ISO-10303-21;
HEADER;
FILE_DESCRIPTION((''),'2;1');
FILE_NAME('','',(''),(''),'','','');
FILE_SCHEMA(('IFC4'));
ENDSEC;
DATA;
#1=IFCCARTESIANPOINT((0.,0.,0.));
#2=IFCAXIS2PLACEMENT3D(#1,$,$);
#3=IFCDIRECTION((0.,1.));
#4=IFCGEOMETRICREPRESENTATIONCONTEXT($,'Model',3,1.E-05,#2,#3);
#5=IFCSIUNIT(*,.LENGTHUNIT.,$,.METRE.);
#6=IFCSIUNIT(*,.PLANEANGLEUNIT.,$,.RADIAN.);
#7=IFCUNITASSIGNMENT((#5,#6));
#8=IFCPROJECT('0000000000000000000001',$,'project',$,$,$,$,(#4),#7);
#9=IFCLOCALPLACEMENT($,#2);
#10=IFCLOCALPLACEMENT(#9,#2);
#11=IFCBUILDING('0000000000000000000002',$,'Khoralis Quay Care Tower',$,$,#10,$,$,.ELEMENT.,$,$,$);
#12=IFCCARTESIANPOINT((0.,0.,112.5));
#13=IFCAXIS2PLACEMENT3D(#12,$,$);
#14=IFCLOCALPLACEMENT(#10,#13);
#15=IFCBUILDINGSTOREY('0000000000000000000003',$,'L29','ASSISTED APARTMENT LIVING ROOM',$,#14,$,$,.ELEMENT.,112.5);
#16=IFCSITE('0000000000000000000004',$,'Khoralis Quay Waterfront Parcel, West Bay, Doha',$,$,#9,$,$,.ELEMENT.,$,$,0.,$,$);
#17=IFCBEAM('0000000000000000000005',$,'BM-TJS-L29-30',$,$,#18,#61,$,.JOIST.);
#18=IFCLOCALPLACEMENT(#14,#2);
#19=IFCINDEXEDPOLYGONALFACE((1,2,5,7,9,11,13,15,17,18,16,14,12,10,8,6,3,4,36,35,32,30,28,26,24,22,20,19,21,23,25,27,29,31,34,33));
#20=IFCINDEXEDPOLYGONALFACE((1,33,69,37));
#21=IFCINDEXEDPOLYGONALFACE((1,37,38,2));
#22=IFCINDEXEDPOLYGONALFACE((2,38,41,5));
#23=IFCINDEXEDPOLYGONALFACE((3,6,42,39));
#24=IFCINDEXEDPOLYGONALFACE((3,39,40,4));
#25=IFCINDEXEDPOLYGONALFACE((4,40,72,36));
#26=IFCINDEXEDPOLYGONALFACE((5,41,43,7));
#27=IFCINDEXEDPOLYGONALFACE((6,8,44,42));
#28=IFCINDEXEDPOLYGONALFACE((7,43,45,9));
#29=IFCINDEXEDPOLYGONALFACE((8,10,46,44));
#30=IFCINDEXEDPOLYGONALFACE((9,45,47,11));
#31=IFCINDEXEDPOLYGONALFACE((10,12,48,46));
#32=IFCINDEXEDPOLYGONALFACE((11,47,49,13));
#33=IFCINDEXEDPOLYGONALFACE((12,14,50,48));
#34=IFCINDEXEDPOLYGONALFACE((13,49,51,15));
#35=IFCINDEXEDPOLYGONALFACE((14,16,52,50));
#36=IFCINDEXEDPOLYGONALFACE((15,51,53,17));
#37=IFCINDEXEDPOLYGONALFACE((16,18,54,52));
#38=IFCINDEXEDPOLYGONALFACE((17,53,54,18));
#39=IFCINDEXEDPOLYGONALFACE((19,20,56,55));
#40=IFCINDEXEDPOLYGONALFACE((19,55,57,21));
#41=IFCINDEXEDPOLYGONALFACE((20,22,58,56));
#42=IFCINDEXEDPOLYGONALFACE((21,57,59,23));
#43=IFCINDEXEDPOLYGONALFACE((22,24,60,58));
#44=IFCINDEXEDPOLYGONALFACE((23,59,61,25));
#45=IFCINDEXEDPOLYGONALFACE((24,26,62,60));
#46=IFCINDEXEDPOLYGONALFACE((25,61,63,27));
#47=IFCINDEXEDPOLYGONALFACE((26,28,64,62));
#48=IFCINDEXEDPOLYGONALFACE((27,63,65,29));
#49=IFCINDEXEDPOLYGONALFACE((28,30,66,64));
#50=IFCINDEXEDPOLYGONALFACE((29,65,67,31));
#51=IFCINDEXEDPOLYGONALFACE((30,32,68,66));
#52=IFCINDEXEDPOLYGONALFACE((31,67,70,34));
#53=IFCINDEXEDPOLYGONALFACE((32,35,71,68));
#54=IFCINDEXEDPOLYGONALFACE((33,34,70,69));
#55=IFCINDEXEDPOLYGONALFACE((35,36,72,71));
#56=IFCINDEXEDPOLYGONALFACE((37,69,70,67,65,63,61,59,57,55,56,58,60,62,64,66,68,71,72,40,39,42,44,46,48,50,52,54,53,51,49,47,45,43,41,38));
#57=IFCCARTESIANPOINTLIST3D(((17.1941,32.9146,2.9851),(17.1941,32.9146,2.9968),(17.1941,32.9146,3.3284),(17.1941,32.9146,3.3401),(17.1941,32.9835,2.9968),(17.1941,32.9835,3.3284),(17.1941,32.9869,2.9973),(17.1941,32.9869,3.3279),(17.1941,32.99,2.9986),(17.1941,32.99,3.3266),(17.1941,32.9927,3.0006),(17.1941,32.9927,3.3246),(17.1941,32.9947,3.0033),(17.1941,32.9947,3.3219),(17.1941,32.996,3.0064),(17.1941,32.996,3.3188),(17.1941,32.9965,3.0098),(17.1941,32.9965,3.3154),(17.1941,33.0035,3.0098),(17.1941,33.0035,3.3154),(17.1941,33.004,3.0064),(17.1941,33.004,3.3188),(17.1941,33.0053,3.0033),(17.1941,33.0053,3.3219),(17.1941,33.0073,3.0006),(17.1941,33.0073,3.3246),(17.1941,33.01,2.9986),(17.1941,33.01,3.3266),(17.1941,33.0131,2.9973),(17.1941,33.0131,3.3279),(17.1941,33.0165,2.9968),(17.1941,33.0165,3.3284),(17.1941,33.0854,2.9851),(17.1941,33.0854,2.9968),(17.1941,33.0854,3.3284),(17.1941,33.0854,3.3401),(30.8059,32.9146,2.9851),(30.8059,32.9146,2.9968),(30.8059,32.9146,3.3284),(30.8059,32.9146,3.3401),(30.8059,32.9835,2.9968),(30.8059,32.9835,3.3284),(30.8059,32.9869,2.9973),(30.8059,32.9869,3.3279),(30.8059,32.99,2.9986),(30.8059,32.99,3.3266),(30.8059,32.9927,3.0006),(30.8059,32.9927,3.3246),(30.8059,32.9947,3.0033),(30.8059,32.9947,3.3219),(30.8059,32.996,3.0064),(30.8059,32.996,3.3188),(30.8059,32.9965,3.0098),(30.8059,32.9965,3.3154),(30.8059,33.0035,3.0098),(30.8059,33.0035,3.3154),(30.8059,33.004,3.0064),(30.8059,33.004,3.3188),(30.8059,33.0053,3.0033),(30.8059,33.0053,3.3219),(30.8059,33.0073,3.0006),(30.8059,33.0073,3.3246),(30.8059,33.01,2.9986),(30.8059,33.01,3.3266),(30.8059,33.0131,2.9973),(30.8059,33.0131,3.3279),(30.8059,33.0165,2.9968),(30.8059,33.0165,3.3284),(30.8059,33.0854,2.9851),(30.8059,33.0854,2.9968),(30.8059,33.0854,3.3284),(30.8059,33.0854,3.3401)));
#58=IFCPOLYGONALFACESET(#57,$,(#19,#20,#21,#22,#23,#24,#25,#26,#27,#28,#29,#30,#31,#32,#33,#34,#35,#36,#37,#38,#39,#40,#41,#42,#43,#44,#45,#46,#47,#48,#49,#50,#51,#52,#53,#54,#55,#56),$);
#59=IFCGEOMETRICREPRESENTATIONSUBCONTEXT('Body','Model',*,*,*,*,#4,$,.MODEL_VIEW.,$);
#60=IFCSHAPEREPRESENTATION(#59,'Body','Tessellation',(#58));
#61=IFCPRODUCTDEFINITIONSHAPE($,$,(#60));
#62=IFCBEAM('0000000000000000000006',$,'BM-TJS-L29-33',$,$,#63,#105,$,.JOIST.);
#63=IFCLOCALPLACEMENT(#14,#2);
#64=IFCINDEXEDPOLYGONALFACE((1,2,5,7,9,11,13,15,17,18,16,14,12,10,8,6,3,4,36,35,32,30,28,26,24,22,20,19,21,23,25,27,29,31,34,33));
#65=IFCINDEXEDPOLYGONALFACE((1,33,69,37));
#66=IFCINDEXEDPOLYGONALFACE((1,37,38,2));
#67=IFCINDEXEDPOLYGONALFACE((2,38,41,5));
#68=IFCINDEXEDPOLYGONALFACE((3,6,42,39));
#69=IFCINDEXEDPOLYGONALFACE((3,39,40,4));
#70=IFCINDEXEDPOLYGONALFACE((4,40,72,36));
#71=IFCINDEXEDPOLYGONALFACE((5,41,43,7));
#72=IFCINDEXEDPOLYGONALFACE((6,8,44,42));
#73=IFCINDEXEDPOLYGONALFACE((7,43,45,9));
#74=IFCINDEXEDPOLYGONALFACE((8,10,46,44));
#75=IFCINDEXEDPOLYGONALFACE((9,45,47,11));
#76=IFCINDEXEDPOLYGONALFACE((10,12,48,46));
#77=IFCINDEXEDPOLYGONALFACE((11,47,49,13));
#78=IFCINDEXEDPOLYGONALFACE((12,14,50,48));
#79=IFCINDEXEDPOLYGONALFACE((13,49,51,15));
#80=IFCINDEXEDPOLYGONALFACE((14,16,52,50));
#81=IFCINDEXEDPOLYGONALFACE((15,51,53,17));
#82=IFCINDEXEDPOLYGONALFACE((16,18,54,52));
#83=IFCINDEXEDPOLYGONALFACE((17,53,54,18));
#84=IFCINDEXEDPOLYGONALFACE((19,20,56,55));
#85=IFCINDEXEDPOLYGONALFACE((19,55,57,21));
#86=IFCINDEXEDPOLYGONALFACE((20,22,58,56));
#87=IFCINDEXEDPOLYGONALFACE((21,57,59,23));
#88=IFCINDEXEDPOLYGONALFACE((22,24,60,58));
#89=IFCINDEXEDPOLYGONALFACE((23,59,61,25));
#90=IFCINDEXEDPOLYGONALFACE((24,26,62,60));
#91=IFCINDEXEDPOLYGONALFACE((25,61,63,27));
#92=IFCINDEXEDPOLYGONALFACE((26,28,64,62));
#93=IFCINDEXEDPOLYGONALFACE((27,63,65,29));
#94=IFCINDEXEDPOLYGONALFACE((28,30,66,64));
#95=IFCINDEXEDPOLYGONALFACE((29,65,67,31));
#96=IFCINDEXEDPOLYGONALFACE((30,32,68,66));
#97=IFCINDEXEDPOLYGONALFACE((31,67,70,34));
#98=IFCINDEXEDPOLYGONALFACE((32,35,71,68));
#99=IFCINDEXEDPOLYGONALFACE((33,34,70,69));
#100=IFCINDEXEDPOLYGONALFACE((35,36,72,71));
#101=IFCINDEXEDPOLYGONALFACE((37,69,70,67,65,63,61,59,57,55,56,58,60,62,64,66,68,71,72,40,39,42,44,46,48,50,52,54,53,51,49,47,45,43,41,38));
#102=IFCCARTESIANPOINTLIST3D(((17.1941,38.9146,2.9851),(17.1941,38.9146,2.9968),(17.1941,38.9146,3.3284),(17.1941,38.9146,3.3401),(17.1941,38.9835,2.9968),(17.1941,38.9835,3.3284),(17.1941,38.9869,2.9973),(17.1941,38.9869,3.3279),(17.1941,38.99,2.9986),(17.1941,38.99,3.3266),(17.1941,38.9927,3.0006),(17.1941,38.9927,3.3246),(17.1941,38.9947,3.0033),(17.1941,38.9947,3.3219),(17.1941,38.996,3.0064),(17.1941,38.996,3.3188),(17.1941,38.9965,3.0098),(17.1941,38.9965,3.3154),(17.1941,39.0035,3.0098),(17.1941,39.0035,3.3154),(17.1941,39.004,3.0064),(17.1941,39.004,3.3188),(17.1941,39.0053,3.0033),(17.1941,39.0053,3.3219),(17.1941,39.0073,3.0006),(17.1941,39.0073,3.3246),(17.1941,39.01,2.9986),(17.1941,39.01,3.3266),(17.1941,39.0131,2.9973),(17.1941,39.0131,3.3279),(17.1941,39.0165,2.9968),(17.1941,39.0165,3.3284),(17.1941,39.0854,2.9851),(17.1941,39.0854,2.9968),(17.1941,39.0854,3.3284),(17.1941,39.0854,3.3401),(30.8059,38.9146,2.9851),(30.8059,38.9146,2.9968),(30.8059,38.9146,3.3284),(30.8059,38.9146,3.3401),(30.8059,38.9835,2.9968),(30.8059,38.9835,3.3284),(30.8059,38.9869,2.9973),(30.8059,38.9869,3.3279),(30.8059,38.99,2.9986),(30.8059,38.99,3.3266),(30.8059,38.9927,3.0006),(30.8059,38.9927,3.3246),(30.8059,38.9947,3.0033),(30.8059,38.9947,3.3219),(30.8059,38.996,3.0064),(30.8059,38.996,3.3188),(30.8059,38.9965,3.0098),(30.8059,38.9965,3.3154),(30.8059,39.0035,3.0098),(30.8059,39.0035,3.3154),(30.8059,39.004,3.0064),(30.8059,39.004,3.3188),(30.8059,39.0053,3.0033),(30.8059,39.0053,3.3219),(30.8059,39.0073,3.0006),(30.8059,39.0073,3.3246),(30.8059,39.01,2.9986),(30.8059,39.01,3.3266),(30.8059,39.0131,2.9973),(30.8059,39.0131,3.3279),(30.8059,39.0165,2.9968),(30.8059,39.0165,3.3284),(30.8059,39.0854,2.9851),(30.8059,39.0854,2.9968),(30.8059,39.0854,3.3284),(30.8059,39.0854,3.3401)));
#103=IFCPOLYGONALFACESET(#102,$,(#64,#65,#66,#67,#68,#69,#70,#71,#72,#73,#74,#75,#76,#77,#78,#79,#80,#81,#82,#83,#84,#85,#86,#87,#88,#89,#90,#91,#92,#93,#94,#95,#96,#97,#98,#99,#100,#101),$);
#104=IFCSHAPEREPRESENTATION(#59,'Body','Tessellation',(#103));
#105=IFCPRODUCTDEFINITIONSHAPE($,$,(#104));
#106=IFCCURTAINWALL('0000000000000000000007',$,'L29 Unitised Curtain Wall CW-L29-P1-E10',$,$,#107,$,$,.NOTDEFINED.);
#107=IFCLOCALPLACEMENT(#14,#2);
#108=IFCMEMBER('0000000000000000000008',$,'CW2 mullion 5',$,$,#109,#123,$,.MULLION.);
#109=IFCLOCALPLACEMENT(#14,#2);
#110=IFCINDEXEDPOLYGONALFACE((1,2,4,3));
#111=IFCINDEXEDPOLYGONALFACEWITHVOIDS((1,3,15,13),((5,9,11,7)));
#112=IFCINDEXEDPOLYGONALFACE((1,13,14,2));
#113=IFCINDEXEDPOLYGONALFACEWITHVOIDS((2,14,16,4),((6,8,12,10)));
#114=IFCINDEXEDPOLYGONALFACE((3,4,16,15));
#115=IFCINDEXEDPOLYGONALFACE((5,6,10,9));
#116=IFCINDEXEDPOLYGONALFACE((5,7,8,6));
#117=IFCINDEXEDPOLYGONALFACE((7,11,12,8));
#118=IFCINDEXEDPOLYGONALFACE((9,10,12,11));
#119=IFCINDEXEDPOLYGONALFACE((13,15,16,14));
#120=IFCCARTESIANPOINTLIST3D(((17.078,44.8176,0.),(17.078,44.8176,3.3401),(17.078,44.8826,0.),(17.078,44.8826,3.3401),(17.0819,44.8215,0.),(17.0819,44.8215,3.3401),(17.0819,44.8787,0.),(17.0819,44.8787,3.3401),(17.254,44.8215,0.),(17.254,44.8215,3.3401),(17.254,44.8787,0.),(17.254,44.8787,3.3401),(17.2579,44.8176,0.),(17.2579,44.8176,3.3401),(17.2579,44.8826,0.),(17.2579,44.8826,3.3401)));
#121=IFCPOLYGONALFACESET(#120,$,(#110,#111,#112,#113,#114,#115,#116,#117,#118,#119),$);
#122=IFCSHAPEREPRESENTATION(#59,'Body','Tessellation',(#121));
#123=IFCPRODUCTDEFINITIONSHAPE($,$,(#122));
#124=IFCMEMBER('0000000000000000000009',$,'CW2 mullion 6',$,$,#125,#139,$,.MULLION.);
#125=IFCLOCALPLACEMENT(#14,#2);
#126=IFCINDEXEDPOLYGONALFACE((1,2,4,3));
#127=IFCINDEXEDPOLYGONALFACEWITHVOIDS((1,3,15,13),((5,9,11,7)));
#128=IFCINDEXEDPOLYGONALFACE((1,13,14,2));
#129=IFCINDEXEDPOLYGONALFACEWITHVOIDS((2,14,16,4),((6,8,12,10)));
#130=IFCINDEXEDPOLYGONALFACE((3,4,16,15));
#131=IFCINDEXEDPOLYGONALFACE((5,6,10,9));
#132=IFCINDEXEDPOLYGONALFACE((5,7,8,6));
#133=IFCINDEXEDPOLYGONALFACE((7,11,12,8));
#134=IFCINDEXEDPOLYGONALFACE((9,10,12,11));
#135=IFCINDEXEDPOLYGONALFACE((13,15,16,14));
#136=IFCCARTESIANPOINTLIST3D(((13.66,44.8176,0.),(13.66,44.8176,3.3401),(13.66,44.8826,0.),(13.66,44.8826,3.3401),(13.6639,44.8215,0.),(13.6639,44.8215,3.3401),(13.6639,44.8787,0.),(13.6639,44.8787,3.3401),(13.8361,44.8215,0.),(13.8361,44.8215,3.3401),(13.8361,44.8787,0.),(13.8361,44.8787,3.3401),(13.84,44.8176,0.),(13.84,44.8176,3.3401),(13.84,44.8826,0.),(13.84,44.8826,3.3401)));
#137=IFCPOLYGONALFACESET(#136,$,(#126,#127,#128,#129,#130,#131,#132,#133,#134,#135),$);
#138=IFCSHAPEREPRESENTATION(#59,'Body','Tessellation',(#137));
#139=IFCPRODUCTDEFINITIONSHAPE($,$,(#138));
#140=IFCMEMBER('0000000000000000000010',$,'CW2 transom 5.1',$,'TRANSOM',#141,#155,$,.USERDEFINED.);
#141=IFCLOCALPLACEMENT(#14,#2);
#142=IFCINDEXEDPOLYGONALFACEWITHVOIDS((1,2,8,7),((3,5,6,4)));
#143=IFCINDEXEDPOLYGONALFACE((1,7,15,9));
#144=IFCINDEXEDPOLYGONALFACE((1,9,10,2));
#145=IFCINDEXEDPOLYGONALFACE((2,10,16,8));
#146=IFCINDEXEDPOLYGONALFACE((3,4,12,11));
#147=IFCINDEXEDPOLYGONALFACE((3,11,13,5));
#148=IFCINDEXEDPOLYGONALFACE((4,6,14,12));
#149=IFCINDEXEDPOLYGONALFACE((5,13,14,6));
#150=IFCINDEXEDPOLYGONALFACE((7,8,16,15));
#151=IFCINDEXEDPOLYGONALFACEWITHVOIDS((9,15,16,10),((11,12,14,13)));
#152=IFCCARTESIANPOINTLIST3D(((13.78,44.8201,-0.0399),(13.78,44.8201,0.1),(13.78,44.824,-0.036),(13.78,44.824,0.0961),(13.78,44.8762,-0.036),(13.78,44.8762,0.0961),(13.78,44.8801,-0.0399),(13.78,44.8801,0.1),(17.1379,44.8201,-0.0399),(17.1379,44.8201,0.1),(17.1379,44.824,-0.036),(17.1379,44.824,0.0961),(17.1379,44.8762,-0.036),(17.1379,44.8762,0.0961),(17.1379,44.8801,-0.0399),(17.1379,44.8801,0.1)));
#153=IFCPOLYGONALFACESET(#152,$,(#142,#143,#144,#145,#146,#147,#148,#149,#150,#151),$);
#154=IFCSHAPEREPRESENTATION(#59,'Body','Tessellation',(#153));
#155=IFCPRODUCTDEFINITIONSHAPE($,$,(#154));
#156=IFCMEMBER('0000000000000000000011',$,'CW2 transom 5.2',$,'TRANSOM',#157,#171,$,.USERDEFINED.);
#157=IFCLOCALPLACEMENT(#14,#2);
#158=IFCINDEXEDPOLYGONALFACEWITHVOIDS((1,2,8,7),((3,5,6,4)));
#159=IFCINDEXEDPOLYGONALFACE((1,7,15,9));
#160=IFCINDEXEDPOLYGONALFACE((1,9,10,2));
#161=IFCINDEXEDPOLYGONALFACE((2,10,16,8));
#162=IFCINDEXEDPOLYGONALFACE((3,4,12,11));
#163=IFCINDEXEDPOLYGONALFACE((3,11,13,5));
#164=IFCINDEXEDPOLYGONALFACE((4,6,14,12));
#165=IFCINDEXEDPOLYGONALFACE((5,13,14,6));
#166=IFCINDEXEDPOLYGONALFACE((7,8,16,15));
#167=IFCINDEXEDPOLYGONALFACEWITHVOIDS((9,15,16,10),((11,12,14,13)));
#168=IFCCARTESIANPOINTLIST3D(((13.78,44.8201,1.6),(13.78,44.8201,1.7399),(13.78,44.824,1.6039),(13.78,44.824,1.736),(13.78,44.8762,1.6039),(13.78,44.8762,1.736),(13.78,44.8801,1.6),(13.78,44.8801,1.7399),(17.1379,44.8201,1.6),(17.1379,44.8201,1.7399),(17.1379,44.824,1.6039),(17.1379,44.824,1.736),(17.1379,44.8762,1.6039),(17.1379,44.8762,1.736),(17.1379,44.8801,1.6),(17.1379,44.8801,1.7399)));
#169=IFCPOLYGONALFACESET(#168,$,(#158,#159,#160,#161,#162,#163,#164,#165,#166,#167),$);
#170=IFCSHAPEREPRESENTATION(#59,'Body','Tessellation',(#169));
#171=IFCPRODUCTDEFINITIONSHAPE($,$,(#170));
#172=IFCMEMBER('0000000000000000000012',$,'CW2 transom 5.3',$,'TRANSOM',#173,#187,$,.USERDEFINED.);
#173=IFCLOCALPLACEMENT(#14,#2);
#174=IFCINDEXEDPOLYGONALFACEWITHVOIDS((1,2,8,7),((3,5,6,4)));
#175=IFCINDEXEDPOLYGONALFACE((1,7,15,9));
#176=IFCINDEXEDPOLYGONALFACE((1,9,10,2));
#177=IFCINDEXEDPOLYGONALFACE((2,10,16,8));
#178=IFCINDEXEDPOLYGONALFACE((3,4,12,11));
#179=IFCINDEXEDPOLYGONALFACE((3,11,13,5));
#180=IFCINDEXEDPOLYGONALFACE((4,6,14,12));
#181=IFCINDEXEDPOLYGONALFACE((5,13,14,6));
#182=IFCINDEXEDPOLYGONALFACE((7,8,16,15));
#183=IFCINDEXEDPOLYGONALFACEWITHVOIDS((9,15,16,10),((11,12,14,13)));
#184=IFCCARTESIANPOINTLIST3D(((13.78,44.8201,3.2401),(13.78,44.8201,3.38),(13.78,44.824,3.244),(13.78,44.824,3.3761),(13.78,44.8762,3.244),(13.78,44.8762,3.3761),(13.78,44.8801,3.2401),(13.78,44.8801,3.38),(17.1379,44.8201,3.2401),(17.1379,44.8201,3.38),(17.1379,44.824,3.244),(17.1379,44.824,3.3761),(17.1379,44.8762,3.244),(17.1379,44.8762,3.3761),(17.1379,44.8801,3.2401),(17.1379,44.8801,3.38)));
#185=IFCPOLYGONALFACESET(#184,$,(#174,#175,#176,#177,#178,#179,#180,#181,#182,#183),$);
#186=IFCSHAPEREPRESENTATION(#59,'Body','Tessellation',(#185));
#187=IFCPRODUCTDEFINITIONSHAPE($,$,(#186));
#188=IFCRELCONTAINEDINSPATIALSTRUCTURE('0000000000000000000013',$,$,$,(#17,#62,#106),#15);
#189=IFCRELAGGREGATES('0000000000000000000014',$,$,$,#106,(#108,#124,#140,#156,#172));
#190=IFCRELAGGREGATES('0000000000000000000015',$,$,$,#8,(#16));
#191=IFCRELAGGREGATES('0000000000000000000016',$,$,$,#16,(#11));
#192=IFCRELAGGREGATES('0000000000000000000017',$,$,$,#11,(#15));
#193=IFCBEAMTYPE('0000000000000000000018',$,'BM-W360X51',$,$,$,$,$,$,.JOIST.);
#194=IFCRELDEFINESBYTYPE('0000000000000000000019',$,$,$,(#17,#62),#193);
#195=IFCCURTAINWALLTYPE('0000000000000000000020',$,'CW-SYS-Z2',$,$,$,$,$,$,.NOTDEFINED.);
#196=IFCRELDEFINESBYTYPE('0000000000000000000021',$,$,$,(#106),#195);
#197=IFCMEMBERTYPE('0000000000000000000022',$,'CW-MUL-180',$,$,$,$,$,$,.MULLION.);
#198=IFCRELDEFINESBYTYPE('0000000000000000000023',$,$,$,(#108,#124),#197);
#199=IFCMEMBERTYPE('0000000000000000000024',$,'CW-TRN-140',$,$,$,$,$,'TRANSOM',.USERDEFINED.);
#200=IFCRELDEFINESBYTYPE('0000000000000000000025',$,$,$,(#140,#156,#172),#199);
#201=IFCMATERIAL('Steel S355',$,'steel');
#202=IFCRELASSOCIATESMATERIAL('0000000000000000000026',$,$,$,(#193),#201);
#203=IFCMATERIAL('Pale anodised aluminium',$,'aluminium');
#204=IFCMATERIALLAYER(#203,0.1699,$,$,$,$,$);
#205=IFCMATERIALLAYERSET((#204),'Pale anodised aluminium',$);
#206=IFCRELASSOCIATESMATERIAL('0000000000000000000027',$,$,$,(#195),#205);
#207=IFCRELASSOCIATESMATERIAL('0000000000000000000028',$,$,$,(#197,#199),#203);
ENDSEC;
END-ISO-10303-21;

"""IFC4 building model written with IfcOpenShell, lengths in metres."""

from ifc_helpers import new_model, si_unit, direction, frame, origin, origin_2d, place, context, subcontext, project, spatial, hollow_rectangle, i_section, extrude, source, transform, mapped, material, layer, layer_set, material_profile, profile_set, type_object, element, aggregate, save


model = new_model("IFC4")

# Units and contexts
model_context = context("Model", 3, precision=1e-05, world=origin(), true_north=direction((0.0, 1.0)))
body_context = subcontext(model_context, "Body", "Model", "MODEL_VIEW")
ifc_project = project(units=[si_unit("LENGTHUNIT", "METRE"), si_unit("PLANEANGLEUNIT", "RADIAN")], contexts=[model_context])

# Site, building, storey
site_placement = place(None, origin())
site = spatial("IfcSite", under=ifc_project, at=site_placement, Name="Khoralis Quay Waterfront Parcel, West Bay, Doha", CompositionType="ELEMENT", RefElevation=0.0)
building_placement = place(site_placement, origin())
building = spatial("IfcBuilding", under=site, at=building_placement, Name="Khoralis Quay Care Tower", CompositionType="ELEMENT")
storey_placement = place(building_placement, frame((0.0, 0.0, 112.5)))
storey = spatial("IfcBuildingStorey", under=building, at=storey_placement, Name="L29", Description="ASSISTED APARTMENT LIVING ROOM", CompositionType="ELEMENT", Elevation=112.5)

# Beams
ifc_material_1 = material(Name="Steel S355", Category="steel")
ifc_material_profile_1 = material_profile(ifc_material_1, i_section(OverallWidth=0.1709, OverallDepth=0.355, WebThickness=0.0071, FlangeThickness=0.0117, FilletRadius=0.0129, at=origin_2d()), Name="Steel S355")
ifc_profile_set_1 = profile_set([ifc_material_profile_1], Name="Steel S355")
beam_type_1 = type_object("IfcBeamType", Name="BM-W360X51", PredefinedType="JOIST", material=ifc_profile_set_1)
shared_shape_1 = source(origin(), body_context, "Body", "SweptSolid", [
    extrude(i_section(OverallWidth=0.1709, OverallDepth=0.355, WebThickness=0.0071, FlangeThickness=0.0117, FilletRadius=0.0129, at=origin_2d()), origin(), (0.0, 0.0, 1.0), 13.6118),
])
for number, where, z_axis, x_axis, name in (
    (1, (17.1941, 33.0, 3.1626), (1.0, 0.0, 0.0), (0.0, 1.0, 0.0), "BM-TJS-L29-30"),
    (2, (17.1941, 39.0, 3.1626), (1.0, 0.0, 0.0), (0.0, 1.0, 0.0), "BM-TJS-L29-33"),
):
    element("IfcBeam", number, at=place(storey_placement, frame(where, z_axis=z_axis, x_axis=x_axis)), inside=storey, type_object=beam_type_1, Name=name, PredefinedType="JOIST", context=body_context, shape_type="MappedRepresentation", body=[
        mapped(shared_shape_1, transform((0.0, 0.0, 0.0), scale=1.0)),
    ])

# Curtain wall, members
ifc_material_2 = material(Name="Pale anodised aluminium", Category="aluminium")
ifc_layer_1 = layer(ifc_material_2, 0.1699)
ifc_layer_set_1 = layer_set([ifc_layer_1], Name="Pale anodised aluminium")
curtain_wall_type = type_object("IfcCurtainWallType", Name="CW-SYS-Z2", PredefinedType="NOTDEFINED", material=ifc_layer_set_1)
curtain_wall_placement = place(storey_placement, origin())
curtain_wall = element("IfcCurtainWall", 3, at=curtain_wall_placement, inside=storey, type_object=curtain_wall_type, Name="L29 Unitised Curtain Wall CW-L29-P1-E10", PredefinedType="NOTDEFINED")
ifc_material_profile_2 = material_profile(ifc_material_2, hollow_rectangle(XDim=0.0649, YDim=0.1799, WallThickness=0.0039, at=origin_2d()), Name="Pale anodised aluminium")
ifc_profile_set_2 = profile_set([ifc_material_profile_2], Name="Pale anodised aluminium")
member_type_1 = type_object("IfcMemberType", Name="CW-MUL-180", PredefinedType="MULLION", material=ifc_profile_set_2)
shared_shape_2 = source(origin(), body_context, "Body", "SweptSolid", [
    extrude(hollow_rectangle(XDim=0.0649, YDim=0.1799, WallThickness=0.0039, at=origin_2d()), origin(), (0.0, 0.0, 1.0), 3.3401),
])
member_1_placement = place(storey_placement, frame((17.168, 44.8501, 0.0), z_axis=(0.0, 0.0, 1.0), x_axis=(0.0, -1.0, 0.0)))
member_1 = element("IfcMember", 4, at=member_1_placement, type_object=member_type_1, Name="CW2 mullion 5", PredefinedType="MULLION", context=body_context, shape_type="MappedRepresentation", body=[
    mapped(shared_shape_2, transform((0.0, 0.0, 0.0), scale=1.0)),
])
member_2_placement = place(storey_placement, frame((13.75, 44.8501, 0.0), z_axis=(0.0, 0.0, 1.0), x_axis=(0.0, -1.0, 0.0)))
member_2 = element("IfcMember", 5, at=member_2_placement, type_object=member_type_1, Name="CW2 mullion 6", PredefinedType="MULLION", context=body_context, shape_type="MappedRepresentation", body=[
    mapped(shared_shape_2, transform((0.0, 0.0, 0.0), scale=1.0)),
])
ifc_material_profile_3 = material_profile(ifc_material_2, hollow_rectangle(XDim=0.0601, YDim=0.1399, WallThickness=0.0039, at=origin_2d()), Name="Pale anodised aluminium")
ifc_profile_set_3 = profile_set([ifc_material_profile_3], Name="Pale anodised aluminium")
member_type_2 = type_object("IfcMemberType", Name="CW-TRN-140", ElementType="TRANSOM", PredefinedType="USERDEFINED", material=ifc_profile_set_3)
shared_shape_3 = source(origin(), body_context, "Body", "SweptSolid", [
    extrude(hollow_rectangle(XDim=0.0601, YDim=0.1399, WallThickness=0.0039, at=origin_2d()), origin(), (0.0, 0.0, 1.0), 3.3579),
])
member_3_placement = place(storey_placement, frame((17.1379, 44.8501, 0.03), z_axis=(-1.0, 0.0, 0.0), x_axis=(0.0, -1.0, 0.0)))
member_3 = element("IfcMember", 6, at=member_3_placement, type_object=member_type_2, Name="CW2 transom 5.1", ObjectType="TRANSOM", PredefinedType="USERDEFINED", context=body_context, shape_type="MappedRepresentation", body=[
    mapped(shared_shape_3, transform((0.0, 0.0, 0.0), scale=1.0)),
])
member_4_placement = place(storey_placement, frame((17.1379, 44.8501, 1.6699), z_axis=(-1.0, 0.0, 0.0), x_axis=(0.0, -1.0, 0.0)))
member_4 = element("IfcMember", 7, at=member_4_placement, type_object=member_type_2, Name="CW2 transom 5.2", ObjectType="TRANSOM", PredefinedType="USERDEFINED", context=body_context, shape_type="MappedRepresentation", body=[
    mapped(shared_shape_3, transform((0.0, 0.0, 0.0), scale=1.0)),
])
member_5_placement = place(storey_placement, frame((17.1379, 44.8501, 3.3101), z_axis=(-1.0, 0.0, 0.0), x_axis=(0.0, -1.0, 0.0)))
member_5 = element("IfcMember", 8, at=member_5_placement, type_object=member_type_2, Name="CW2 transom 5.3", ObjectType="TRANSOM", PredefinedType="USERDEFINED", context=body_context, shape_type="MappedRepresentation", body=[
    mapped(shared_shape_3, transform((0.0, 0.0, 0.0), scale=1.0)),
])
aggregate(curtain_wall, [member_1, member_2, member_3, member_4, member_5])

save(model, "model.ifc")
